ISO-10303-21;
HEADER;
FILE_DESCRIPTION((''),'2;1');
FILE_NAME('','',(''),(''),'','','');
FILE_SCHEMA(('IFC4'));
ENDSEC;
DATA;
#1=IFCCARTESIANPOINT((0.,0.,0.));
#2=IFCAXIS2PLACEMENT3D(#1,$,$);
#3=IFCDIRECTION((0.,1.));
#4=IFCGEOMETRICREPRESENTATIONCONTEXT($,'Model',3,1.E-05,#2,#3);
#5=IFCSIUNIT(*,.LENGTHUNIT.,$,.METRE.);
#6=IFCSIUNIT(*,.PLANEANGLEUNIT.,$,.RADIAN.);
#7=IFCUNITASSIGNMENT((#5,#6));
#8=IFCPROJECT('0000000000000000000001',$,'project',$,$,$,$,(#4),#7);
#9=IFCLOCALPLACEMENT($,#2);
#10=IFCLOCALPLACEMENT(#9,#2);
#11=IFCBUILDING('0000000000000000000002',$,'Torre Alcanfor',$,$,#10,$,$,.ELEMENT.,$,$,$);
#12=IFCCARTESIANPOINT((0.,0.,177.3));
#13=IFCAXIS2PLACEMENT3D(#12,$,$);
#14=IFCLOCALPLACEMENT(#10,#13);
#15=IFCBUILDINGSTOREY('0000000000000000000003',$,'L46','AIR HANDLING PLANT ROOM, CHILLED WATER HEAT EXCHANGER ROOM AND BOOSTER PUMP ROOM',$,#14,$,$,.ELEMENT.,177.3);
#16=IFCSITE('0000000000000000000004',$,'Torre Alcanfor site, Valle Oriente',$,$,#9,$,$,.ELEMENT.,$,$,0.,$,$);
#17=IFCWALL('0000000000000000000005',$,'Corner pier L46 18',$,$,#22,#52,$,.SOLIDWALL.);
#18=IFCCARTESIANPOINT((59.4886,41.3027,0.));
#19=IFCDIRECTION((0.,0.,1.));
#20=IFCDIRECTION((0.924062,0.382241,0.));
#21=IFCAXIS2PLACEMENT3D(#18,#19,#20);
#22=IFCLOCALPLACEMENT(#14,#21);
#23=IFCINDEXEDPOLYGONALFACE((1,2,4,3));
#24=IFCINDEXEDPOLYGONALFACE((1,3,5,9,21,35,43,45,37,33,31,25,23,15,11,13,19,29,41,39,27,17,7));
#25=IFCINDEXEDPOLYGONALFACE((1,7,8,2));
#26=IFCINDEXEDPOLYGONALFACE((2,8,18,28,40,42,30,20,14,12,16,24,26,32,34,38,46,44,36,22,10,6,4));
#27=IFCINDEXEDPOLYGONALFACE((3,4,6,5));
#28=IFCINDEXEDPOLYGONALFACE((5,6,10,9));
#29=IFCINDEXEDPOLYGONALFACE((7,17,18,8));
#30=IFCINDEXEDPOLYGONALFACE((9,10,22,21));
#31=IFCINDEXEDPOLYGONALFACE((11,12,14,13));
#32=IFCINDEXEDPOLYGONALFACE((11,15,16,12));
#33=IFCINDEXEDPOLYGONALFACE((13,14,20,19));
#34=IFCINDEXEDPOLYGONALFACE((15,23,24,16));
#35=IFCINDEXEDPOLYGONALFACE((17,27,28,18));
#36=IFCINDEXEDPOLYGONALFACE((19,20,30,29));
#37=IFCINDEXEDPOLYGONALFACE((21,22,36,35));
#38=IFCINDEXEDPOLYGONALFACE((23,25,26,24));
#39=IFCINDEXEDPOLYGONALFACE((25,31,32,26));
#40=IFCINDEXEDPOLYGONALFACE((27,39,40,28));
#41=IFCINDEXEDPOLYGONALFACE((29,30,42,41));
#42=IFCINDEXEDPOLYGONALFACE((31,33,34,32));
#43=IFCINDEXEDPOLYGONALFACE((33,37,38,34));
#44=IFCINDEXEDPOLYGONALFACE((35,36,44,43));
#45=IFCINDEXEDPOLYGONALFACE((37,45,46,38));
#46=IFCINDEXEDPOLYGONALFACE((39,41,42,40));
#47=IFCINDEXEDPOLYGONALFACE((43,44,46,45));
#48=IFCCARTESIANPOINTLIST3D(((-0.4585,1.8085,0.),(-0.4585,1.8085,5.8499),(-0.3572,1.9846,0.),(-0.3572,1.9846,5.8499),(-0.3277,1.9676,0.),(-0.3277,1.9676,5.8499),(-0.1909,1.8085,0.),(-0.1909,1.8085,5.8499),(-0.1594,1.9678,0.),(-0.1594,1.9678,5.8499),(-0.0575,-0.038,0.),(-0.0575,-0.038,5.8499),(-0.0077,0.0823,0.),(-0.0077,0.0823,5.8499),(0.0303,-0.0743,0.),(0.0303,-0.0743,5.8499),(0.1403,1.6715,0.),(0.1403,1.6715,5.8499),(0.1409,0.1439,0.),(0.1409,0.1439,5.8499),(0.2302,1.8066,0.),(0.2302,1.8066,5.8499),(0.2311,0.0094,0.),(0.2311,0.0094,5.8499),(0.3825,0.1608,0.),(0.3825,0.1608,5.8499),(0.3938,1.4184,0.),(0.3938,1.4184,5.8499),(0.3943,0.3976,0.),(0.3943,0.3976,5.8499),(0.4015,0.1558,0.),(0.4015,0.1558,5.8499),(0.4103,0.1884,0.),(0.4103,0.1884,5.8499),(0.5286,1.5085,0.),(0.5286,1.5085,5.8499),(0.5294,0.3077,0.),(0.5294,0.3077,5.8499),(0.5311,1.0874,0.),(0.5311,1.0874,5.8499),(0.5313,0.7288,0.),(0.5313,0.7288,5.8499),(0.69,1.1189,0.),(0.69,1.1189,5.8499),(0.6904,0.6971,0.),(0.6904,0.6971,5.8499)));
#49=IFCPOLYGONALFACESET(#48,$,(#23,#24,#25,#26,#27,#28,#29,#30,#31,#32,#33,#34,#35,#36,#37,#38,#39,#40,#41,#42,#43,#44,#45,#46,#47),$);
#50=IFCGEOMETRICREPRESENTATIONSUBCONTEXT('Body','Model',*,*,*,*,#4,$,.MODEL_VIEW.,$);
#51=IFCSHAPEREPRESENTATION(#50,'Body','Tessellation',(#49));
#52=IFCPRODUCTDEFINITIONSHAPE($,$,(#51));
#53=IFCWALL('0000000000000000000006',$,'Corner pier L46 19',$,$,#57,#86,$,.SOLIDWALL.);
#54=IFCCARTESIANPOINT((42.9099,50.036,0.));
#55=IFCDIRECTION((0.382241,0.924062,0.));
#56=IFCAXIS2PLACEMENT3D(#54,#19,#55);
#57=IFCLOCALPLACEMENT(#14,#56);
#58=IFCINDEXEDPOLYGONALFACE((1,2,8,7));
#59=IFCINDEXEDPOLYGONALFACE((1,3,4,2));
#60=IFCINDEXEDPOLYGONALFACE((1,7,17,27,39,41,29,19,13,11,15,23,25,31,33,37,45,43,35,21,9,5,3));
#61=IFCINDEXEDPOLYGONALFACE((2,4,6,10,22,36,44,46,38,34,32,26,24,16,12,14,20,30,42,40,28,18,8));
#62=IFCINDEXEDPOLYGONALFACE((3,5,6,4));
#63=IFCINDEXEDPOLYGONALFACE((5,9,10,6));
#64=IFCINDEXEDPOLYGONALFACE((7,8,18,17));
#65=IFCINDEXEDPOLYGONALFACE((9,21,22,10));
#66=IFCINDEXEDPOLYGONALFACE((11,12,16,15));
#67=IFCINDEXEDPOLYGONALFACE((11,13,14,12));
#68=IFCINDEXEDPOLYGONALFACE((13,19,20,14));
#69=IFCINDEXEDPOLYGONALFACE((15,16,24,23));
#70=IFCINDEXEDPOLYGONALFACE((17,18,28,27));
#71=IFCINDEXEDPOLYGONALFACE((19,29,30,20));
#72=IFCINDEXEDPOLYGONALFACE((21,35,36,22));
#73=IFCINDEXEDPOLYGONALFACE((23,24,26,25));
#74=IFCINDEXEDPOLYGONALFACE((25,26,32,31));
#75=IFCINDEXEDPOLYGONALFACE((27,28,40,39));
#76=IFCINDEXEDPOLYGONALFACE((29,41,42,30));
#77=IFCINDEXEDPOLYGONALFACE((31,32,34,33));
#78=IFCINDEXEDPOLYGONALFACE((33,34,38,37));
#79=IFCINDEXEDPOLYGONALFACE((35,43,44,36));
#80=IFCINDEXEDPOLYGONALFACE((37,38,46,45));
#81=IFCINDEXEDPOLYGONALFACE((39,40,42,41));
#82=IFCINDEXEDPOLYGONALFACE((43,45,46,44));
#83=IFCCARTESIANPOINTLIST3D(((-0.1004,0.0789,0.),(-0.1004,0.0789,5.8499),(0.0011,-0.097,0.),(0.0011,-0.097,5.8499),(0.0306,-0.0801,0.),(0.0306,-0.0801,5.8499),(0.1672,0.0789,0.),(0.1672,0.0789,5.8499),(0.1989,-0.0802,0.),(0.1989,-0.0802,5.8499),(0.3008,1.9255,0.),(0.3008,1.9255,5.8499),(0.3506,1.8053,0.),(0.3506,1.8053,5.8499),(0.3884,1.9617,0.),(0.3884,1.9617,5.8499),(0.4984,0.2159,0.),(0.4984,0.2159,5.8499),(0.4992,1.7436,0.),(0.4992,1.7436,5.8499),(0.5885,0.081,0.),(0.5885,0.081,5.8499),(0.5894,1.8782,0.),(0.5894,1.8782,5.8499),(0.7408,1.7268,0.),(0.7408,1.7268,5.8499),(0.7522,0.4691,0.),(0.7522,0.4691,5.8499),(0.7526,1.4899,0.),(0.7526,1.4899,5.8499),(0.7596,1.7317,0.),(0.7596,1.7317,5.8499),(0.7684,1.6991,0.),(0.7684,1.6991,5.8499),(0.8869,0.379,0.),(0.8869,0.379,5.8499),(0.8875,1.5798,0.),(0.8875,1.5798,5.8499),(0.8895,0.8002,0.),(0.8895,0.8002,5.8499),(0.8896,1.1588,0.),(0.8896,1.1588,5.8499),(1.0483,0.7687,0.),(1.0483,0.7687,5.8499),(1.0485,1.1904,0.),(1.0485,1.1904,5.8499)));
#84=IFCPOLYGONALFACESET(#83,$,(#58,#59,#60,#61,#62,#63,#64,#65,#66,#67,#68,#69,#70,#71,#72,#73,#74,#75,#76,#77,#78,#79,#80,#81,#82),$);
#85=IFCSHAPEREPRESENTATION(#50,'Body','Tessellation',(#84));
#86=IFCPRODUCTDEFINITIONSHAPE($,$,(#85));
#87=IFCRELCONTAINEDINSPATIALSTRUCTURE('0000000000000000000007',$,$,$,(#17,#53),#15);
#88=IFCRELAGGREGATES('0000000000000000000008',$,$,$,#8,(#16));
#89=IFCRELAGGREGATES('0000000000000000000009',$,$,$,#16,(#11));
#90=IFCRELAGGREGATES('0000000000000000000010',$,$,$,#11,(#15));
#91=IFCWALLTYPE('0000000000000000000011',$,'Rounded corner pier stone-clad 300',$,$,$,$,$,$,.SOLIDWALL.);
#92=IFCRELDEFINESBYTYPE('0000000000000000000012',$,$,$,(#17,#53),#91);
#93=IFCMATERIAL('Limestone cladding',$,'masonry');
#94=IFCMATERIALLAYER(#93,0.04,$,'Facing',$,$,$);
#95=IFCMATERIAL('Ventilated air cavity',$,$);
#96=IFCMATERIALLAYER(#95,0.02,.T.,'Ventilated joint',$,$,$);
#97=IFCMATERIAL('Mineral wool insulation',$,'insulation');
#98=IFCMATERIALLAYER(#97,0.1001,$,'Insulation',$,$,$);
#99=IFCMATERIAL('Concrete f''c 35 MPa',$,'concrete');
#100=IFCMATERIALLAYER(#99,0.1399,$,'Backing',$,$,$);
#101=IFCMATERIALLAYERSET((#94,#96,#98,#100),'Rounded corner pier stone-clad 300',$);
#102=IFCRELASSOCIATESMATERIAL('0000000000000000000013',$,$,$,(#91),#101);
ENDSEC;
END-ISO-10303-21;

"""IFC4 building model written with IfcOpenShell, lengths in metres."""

from ifc_helpers import new_model, si_unit, direction, frame, origin, place, context, subcontext, project, spatial, polyline, outline, extrude, material, layer, layer_set, type_object, element, save


model = new_model("IFC4")

# Units and contexts
model_context = context("Model", 3, precision=1e-05, world=origin(), true_north=direction((0.0, 1.0)))
body_context = subcontext(model_context, "Body", "Model", "MODEL_VIEW")
ifc_project = project(units=[si_unit("LENGTHUNIT", "METRE"), si_unit("PLANEANGLEUNIT", "RADIAN")], contexts=[model_context])

# Site, building, storey
site_placement = place(None, origin())
site = spatial("IfcSite", under=ifc_project, at=site_placement, Name="Torre Alcanfor site, Valle Oriente", CompositionType="ELEMENT", RefElevation=0.0)
building_placement = place(site_placement, origin())
building = spatial("IfcBuilding", under=site, at=building_placement, Name="Torre Alcanfor", CompositionType="ELEMENT")
storey_placement = place(building_placement, frame((0.0, 0.0, 177.3)))
storey = spatial("IfcBuildingStorey", under=building, at=storey_placement, Name="L46", Description="AIR HANDLING PLANT ROOM, CHILLED WATER HEAT EXCHANGER ROOM AND BOOSTER PUMP ROOM", CompositionType="ELEMENT", Elevation=177.3)

# Walls
ifc_material_1 = material(Name="Limestone cladding", Category="masonry")
ifc_material_2 = material(Name="Ventilated air cavity")
ifc_material_3 = material(Name="Mineral wool insulation", Category="insulation")
ifc_material_4 = material(Name="Concrete f'c 35 MPa", Category="concrete")
ifc_layer_1 = layer(ifc_material_1, 0.04, Name="Facing")
ifc_layer_2 = layer(ifc_material_2, 0.02, ventilated=True, Name="Ventilated joint")
ifc_layer_3 = layer(ifc_material_3, 0.1001, Name="Insulation")
ifc_layer_4 = layer(ifc_material_4, 0.1399, Name="Backing")
ifc_layer_set_1 = layer_set([ifc_layer_1, ifc_layer_2, ifc_layer_3, ifc_layer_4], Name="Rounded corner pier stone-clad 300")
wall_type_1 = type_object("IfcWallType", Name="Rounded corner pier stone-clad 300", PredefinedType="SOLIDWALL", material=ifc_layer_set_1)
wall_1_placement = place(storey_placement, frame((59.4886, 41.3027, 0.0), z_axis=(0.0, 0.0, 1.0), x_axis=(0.924062, 0.382241, 0.0)))
element("IfcWall", 1, at=wall_1_placement, inside=storey, type_object=wall_type_1, Name="Corner pier L46 18", PredefinedType="SOLIDWALL", context=body_context, shape_type="SweptSolid", body=[
    extrude(outline(polyline([(0.5294, 0.3077), (0.6904, 0.6971), (0.69, 1.1189), (0.5286, 1.5085), (0.2302, 1.8066), (-0.1594, 1.9678), (-0.3277, 1.9676), (-0.3572, 1.9846), (-0.4585, 1.8085), (-0.1909, 1.8085), (0.1403, 1.6715), (0.3938, 1.4184), (0.5311, 1.0874), (0.5313, 0.7288), (0.3943, 0.3976), (0.1409, 0.1439), (-0.0077, 0.0823), (-0.0575, -0.038), (0.0303, -0.0743), (0.2311, 0.0094), (0.3825, 0.1608), (0.4015, 0.1558), (0.4103, 0.1884), (0.5294, 0.3077)])), origin(), (0.0, 0.0, 1.0), 5.8499),
])
wall_2_placement = place(storey_placement, frame((42.9099, 50.036, 0.0), z_axis=(0.0, 0.0, 1.0), x_axis=(0.382241, 0.924062, 0.0)))
element("IfcWall", 2, at=wall_2_placement, inside=storey, type_object=wall_type_1, Name="Corner pier L46 19", PredefinedType="SOLIDWALL", context=body_context, shape_type="SweptSolid", body=[
    extrude(outline(polyline([(0.7596, 1.7317), (0.7408, 1.7268), (0.5894, 1.8782), (0.3884, 1.9617), (0.3008, 1.9255), (0.3506, 1.8053), (0.4992, 1.7436), (0.7526, 1.4899), (0.8896, 1.1588), (0.8895, 0.8002), (0.7522, 0.4691), (0.4984, 0.2159), (0.1672, 0.0789), (-0.1004, 0.0789), (0.0011, -0.097), (0.0306, -0.0801), (0.1989, -0.0802), (0.5885, 0.081), (0.8869, 0.379), (1.0483, 0.7687), (1.0485, 1.1904), (0.8875, 1.5798), (0.7684, 1.6991), (0.7596, 1.7317)])), origin(), (0.0, 0.0, 1.0), 5.8499),
])

save(model, "model.ifc")
